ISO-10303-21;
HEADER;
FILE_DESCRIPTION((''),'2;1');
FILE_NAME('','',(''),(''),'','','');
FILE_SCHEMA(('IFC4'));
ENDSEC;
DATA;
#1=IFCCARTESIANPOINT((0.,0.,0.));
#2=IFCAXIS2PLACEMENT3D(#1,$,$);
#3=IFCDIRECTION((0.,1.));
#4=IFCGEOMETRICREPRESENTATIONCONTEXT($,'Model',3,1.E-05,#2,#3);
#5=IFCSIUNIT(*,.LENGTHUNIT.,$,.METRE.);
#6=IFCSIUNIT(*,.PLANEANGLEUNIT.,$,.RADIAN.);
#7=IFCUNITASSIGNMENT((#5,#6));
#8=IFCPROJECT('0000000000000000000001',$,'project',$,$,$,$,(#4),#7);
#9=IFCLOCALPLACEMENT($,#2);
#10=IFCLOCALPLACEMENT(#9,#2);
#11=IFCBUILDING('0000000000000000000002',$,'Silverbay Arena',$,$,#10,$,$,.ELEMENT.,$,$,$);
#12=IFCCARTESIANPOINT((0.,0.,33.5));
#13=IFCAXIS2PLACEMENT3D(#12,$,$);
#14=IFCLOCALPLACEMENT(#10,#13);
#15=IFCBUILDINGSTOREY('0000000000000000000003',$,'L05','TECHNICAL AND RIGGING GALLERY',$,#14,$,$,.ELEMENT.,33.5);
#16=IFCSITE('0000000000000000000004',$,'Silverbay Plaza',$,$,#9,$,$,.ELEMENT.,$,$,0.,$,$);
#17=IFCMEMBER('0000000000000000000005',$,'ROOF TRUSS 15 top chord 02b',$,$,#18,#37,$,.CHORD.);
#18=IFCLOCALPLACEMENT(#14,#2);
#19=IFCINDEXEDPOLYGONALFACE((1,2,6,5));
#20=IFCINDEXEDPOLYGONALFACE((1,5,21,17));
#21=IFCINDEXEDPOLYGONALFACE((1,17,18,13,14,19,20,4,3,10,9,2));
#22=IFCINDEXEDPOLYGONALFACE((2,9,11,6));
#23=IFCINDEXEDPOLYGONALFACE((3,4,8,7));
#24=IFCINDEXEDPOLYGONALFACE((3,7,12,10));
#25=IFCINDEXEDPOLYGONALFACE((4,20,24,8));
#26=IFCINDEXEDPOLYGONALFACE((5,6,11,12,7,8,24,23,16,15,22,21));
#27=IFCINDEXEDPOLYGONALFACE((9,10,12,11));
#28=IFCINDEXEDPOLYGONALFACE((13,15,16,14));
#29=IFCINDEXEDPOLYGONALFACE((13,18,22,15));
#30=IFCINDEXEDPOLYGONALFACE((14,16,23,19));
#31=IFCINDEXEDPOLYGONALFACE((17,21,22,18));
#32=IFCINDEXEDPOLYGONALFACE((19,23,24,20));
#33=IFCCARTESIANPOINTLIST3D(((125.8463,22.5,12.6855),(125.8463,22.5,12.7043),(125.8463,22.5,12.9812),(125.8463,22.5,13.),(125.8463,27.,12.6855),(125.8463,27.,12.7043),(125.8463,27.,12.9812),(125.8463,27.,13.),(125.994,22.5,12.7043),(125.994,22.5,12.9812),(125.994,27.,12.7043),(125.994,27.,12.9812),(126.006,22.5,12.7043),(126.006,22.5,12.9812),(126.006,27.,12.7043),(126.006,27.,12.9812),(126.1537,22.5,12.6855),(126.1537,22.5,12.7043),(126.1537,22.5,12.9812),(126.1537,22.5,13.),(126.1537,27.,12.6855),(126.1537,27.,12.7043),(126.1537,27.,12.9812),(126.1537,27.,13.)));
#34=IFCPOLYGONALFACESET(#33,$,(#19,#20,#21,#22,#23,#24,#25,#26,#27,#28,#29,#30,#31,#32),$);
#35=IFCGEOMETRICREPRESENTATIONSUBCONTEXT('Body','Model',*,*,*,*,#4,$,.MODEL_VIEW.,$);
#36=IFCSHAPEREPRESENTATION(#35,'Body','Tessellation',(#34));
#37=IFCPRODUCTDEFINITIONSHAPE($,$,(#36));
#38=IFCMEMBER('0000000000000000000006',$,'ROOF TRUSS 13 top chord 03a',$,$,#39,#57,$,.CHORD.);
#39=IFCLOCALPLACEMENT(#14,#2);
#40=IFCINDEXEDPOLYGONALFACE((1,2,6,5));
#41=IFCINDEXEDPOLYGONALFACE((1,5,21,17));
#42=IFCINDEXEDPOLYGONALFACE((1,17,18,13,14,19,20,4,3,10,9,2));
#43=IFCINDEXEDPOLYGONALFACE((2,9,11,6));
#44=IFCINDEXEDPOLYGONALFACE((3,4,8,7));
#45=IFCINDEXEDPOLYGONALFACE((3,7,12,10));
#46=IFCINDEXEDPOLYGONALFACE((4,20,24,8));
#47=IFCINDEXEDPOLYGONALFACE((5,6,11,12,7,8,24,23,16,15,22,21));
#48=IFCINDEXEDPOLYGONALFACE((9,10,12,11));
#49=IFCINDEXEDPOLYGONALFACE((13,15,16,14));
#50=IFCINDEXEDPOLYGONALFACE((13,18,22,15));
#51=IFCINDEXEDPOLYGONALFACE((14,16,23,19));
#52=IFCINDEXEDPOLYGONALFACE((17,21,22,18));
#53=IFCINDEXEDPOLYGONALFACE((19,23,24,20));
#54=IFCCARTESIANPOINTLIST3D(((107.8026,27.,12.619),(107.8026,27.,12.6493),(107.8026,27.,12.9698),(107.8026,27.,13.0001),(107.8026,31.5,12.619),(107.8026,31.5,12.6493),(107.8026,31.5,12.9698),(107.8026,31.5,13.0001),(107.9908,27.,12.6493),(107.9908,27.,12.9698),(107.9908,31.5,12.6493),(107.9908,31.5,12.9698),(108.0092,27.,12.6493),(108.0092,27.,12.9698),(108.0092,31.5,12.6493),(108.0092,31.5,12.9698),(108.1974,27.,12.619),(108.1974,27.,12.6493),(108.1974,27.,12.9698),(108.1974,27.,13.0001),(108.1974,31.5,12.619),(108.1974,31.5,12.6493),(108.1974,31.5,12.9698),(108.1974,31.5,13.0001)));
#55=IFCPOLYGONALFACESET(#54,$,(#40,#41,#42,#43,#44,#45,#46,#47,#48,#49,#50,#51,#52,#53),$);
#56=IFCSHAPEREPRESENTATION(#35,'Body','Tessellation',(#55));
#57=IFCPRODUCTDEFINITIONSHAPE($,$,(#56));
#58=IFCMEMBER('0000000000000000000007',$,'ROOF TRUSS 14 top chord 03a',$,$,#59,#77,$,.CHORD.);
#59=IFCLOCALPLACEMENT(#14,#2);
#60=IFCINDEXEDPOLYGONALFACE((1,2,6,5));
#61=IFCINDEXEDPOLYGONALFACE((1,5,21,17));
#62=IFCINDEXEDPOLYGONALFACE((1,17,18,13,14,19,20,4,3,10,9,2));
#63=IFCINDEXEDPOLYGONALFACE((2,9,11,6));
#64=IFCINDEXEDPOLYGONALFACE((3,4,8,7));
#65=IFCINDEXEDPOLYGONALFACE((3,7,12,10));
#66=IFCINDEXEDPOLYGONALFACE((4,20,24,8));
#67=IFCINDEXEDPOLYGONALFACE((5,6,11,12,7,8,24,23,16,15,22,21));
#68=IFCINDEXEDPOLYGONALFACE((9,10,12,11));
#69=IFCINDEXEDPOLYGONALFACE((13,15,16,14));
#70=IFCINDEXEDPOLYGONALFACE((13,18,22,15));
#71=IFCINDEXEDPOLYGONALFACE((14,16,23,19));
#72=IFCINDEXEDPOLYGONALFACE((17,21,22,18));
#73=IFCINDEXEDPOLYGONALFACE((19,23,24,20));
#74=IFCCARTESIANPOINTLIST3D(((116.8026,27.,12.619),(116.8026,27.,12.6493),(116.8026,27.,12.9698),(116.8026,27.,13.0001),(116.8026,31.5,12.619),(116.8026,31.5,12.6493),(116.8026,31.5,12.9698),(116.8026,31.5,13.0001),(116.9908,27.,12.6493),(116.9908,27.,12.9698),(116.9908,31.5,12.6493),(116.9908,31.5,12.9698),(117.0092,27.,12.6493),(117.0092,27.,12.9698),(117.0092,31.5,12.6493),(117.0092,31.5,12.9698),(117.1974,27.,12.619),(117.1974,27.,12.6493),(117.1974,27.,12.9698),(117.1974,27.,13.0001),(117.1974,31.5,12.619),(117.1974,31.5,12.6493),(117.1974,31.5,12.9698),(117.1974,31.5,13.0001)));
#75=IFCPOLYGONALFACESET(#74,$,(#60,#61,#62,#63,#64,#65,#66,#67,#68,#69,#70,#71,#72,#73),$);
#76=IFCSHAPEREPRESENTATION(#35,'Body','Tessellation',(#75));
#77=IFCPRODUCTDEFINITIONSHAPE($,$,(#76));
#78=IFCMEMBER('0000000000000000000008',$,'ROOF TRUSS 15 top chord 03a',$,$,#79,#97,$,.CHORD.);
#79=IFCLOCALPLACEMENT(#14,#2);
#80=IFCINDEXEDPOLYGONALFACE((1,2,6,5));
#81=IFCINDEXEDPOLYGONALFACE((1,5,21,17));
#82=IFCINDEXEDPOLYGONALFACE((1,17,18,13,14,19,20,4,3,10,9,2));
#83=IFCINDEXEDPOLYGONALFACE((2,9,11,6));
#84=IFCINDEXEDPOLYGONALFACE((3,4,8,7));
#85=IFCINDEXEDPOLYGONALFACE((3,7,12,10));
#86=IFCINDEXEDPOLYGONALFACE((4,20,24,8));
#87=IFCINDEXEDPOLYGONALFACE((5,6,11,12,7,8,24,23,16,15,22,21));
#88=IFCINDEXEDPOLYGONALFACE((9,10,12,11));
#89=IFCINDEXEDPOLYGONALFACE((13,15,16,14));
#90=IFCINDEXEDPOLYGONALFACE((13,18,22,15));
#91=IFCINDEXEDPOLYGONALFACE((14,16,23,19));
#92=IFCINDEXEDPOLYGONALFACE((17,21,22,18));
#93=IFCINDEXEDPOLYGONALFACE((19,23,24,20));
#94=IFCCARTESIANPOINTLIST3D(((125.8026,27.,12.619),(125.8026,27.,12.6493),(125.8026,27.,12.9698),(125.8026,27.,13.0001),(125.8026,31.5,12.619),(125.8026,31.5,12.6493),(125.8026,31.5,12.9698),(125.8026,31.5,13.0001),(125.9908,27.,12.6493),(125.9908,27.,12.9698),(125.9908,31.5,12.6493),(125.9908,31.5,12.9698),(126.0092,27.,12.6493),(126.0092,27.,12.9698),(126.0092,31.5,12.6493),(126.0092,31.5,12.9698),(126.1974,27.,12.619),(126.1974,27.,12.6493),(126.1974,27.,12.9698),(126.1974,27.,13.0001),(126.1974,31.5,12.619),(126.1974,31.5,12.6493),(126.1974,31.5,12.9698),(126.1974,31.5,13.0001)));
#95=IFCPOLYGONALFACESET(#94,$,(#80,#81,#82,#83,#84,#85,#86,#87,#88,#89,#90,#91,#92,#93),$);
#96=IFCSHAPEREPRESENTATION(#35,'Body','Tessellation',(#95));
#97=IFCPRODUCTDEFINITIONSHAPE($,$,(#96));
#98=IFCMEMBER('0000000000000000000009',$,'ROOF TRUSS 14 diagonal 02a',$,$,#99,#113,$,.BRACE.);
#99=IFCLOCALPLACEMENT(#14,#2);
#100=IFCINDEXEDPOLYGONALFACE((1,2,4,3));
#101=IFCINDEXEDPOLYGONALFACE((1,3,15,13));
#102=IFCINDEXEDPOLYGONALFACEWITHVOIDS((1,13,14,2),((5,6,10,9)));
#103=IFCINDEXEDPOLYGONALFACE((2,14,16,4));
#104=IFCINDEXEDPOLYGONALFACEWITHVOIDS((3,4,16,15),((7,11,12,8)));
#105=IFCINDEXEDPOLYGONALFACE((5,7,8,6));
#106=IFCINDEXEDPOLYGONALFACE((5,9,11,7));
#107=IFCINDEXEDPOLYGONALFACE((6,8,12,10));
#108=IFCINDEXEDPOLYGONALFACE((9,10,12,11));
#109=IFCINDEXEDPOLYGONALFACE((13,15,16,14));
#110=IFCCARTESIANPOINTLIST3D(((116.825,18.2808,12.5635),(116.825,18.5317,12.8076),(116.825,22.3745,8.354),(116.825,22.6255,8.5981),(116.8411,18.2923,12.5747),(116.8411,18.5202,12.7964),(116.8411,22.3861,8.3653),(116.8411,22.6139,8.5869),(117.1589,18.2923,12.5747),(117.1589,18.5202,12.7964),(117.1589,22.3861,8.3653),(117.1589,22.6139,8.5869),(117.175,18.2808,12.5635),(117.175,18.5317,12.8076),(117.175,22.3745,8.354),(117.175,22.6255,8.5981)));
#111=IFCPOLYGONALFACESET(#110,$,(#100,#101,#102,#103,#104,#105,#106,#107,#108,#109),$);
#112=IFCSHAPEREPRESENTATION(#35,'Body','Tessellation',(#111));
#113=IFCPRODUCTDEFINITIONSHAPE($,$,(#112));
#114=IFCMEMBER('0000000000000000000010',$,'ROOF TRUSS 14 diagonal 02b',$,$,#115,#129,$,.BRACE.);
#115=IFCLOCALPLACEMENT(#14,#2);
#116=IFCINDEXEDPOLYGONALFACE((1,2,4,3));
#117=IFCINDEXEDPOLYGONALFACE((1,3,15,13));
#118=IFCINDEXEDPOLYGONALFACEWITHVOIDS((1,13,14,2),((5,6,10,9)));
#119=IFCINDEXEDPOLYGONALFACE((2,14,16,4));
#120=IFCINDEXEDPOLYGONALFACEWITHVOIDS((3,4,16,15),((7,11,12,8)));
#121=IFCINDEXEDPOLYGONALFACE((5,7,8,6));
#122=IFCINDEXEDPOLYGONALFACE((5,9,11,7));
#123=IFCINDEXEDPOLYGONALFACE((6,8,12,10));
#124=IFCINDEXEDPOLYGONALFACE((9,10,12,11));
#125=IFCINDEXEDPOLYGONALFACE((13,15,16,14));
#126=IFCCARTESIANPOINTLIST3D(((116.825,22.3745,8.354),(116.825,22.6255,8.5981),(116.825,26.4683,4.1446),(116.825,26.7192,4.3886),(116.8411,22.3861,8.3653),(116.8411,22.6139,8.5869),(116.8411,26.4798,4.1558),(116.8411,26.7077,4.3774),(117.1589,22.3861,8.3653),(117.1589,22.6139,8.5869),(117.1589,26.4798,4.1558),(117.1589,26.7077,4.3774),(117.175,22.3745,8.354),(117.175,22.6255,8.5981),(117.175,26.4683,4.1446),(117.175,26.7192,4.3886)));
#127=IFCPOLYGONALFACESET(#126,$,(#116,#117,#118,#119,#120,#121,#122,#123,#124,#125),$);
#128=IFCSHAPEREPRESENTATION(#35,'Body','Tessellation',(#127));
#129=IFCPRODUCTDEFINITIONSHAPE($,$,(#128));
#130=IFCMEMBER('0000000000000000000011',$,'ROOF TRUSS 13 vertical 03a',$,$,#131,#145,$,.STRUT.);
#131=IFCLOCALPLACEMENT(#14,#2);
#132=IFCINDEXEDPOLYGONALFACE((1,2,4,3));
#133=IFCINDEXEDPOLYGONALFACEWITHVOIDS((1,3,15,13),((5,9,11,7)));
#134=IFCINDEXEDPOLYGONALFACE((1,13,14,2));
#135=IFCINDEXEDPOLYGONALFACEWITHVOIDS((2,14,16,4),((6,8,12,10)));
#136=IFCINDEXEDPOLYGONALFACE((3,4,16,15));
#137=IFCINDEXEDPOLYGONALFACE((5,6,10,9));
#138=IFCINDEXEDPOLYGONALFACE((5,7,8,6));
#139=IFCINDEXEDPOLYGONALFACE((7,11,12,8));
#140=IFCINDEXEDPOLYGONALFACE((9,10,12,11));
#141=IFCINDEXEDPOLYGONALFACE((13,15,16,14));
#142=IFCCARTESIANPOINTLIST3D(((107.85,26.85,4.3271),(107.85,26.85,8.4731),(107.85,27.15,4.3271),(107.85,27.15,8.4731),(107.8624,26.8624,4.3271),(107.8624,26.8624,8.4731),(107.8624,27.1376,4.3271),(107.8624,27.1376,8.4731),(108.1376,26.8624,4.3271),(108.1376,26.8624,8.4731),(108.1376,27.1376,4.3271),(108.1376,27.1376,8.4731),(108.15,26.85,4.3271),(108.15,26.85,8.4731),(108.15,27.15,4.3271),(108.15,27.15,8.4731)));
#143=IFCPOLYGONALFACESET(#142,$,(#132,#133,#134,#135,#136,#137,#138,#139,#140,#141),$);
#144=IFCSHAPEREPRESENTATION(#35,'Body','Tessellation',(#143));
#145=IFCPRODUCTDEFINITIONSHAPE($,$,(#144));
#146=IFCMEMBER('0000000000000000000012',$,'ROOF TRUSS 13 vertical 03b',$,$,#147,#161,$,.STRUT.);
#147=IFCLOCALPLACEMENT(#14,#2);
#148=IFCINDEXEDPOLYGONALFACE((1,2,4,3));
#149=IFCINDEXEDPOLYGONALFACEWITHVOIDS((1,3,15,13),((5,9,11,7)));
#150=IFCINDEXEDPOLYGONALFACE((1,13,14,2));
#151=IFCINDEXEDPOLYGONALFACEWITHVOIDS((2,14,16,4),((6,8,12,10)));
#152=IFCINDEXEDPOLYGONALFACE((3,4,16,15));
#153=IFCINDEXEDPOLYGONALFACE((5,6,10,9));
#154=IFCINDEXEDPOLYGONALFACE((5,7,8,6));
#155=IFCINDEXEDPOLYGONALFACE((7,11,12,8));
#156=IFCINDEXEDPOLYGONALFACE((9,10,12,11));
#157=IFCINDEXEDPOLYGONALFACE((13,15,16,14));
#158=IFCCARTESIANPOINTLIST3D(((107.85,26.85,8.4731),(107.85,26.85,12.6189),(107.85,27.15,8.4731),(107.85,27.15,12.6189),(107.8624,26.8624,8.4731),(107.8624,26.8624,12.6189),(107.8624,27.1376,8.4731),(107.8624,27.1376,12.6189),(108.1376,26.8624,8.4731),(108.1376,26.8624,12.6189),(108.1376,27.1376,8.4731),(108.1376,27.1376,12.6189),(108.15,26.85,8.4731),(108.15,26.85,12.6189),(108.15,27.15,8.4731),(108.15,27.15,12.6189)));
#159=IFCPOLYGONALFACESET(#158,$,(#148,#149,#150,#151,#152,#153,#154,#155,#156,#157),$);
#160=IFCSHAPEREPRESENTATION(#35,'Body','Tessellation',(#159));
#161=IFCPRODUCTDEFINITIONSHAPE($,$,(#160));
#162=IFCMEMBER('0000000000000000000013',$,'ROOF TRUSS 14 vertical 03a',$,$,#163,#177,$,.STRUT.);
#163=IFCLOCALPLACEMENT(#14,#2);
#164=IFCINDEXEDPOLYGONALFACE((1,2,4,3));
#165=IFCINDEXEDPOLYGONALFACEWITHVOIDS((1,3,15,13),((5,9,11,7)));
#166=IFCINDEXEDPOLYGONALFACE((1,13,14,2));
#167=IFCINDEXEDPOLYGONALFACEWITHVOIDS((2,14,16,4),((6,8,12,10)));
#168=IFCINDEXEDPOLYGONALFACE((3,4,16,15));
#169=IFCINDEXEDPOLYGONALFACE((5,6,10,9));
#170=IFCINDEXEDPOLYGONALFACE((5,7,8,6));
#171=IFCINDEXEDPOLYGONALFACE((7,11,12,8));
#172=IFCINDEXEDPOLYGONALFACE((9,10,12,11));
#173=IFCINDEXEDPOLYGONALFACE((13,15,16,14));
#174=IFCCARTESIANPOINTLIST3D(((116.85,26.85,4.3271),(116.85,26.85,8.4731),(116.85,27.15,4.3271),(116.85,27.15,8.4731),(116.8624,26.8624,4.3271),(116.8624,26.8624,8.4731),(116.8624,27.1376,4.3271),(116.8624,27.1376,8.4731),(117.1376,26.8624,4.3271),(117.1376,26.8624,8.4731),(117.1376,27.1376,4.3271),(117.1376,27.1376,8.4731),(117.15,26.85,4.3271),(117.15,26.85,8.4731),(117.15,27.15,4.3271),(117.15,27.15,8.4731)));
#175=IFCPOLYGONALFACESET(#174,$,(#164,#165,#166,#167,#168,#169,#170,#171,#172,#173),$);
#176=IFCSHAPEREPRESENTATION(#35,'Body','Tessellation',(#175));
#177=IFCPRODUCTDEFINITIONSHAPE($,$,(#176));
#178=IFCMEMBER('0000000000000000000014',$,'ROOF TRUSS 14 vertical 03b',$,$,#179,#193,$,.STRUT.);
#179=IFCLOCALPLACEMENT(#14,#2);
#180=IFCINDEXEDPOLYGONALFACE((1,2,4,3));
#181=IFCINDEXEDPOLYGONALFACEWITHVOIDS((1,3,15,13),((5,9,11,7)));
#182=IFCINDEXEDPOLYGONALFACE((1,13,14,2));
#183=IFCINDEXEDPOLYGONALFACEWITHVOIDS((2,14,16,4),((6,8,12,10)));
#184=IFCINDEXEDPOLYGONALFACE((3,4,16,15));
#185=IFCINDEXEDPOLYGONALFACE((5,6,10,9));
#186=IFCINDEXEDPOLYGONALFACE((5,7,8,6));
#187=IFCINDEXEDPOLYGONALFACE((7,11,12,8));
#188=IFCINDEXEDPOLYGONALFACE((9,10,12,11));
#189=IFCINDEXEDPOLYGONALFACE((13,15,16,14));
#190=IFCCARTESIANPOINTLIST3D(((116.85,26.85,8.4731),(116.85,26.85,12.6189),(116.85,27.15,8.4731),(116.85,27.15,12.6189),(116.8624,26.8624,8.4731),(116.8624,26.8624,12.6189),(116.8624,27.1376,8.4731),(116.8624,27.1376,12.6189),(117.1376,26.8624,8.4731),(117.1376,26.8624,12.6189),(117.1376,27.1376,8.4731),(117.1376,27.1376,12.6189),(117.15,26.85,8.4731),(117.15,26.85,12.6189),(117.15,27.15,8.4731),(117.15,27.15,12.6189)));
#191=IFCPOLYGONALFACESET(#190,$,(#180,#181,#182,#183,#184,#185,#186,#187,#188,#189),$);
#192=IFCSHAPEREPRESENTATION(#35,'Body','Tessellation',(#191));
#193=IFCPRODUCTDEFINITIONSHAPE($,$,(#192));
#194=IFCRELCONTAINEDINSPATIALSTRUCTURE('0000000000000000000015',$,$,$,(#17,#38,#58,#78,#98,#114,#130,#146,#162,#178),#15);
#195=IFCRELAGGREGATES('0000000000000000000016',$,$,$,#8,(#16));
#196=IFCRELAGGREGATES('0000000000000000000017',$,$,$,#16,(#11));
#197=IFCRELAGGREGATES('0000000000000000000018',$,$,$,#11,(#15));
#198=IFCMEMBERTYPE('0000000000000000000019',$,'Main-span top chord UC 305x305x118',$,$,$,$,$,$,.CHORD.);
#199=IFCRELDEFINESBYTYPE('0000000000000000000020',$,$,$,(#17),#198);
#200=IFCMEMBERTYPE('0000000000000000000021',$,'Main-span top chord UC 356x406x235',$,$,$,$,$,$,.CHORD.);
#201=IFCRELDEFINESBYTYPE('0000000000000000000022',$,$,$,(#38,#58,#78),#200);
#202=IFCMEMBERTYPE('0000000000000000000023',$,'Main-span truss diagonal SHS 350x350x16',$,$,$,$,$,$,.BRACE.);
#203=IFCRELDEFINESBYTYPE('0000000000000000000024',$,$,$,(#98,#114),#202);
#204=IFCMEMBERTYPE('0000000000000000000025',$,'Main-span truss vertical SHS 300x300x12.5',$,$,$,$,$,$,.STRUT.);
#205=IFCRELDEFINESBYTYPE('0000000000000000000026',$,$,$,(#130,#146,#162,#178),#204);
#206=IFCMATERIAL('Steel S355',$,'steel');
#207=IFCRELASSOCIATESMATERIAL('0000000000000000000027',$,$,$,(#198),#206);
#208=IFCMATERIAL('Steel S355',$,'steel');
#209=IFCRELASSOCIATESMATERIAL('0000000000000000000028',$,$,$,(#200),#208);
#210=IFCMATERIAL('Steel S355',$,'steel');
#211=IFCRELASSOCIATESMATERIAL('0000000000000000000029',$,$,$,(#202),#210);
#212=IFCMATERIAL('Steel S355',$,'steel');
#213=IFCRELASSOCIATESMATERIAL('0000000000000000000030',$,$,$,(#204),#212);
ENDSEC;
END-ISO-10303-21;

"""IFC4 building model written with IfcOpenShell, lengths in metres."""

from ifc_helpers import new_model, si_unit, direction, frame, origin, origin_2d, place, context, subcontext, project, spatial, hollow_rectangle, i_section, extrude, material, material_profile, profile_set, type_object, element, save


model = new_model("IFC4")

# Units and contexts
model_context = context("Model", 3, precision=1e-05, world=origin(), true_north=direction((0.0, 1.0)))
body_context = subcontext(model_context, "Body", "Model", "MODEL_VIEW")
ifc_project = project(units=[si_unit("LENGTHUNIT", "METRE"), si_unit("PLANEANGLEUNIT", "RADIAN")], contexts=[model_context])

# Site, building, storey
site_placement = place(None, origin())
site = spatial("IfcSite", under=ifc_project, at=site_placement, Name="Silverbay Plaza", CompositionType="ELEMENT", RefElevation=0.0)
building_placement = place(site_placement, origin())
building = spatial("IfcBuilding", under=site, at=building_placement, Name="Silverbay Arena", CompositionType="ELEMENT")
storey_placement = place(building_placement, frame((0.0, 0.0, 33.5)))
storey = spatial("IfcBuildingStorey", under=building, at=storey_placement, Name="L05", Description="TECHNICAL AND RIGGING GALLERY", CompositionType="ELEMENT", Elevation=33.5)

# Members
ifc_material_1 = material(Name="Steel S355", Category="steel")
ifc_material_profile_1 = material_profile(ifc_material_1, i_section(OverallWidth=0.3074, OverallDepth=0.3145, WebThickness=0.012, FlangeThickness=0.0188, at=origin_2d()), Name="UC 305x305x118")
ifc_profile_set_1 = profile_set([ifc_material_profile_1], Name="Steel S355")
member_type_1 = type_object("IfcMemberType", Name="Main-span top chord UC 305x305x118", PredefinedType="CHORD", material=ifc_profile_set_1)
for number, where, z_axis, x_axis, name in (
    (1, (126.0, 22.5, 12.8428), (0.0, 1.0, 0.0), (-1.0, 0.0, 0.0), "ROOF TRUSS 15 top chord 02b"),
):
    element("IfcMember", number, at=place(storey_placement, frame(where, z_axis=z_axis, x_axis=x_axis)), inside=storey, type_object=member_type_1, Name=name, PredefinedType="CHORD", context=body_context, shape_type="SweptSolid", body=[
        extrude(i_section(OverallWidth=0.3074, OverallDepth=0.3145, WebThickness=0.012, FlangeThickness=0.0188, at=origin_2d()), origin(), (0.0, 0.0, 1.0), 4.5),
    ])
ifc_material_2 = material(Name="Steel S355", Category="steel")
ifc_material_profile_2 = material_profile(ifc_material_2, i_section(OverallWidth=0.3948, OverallDepth=0.3811, WebThickness=0.0183, FlangeThickness=0.0303, at=origin_2d()), Name="UC 356x406x235")
ifc_profile_set_2 = profile_set([ifc_material_profile_2], Name="Steel S355")
member_type_2 = type_object("IfcMemberType", Name="Main-span top chord UC 356x406x235", PredefinedType="CHORD", material=ifc_profile_set_2)
for number, where, z_axis, x_axis, name in (
    (2, (108.0, 27.0, 12.8096), (0.0, 1.0, 0.0), (-1.0, 0.0, 0.0), "ROOF TRUSS 13 top chord 03a"),
    (3, (117.0, 27.0, 12.8096), (0.0, 1.0, 0.0), (-1.0, 0.0, 0.0), "ROOF TRUSS 14 top chord 03a"),
    (4, (126.0, 27.0, 12.8096), (0.0, 1.0, 0.0), (-1.0, 0.0, 0.0), "ROOF TRUSS 15 top chord 03a"),
):
    element("IfcMember", number, at=place(storey_placement, frame(where, z_axis=z_axis, x_axis=x_axis)), inside=storey, type_object=member_type_2, Name=name, PredefinedType="CHORD", context=body_context, shape_type="SweptSolid", body=[
        extrude(i_section(OverallWidth=0.3948, OverallDepth=0.3811, WebThickness=0.0183, FlangeThickness=0.0303, at=origin_2d()), origin(), (0.0, 0.0, 1.0), 4.5),
    ])
ifc_material_3 = material(Name="Steel S355", Category="steel")
ifc_material_profile_3 = material_profile(ifc_material_3, hollow_rectangle(XDim=0.3501, YDim=0.3501, WallThickness=0.0161, at=origin_2d()), Name="SHS 350x350x16")
ifc_profile_set_3 = profile_set([ifc_material_profile_3], Name="Steel S355")
member_type_3 = type_object("IfcMemberType", Name="Main-span truss diagonal SHS 350x350x16", PredefinedType="BRACE", material=ifc_profile_set_3)
for number, where, z_axis, x_axis, name in (
    (5, (117.0, 18.4062, 12.6855), (0.0, 0.697184, -0.716892), (-1.0, 0.0, 0.0), "ROOF TRUSS 14 diagonal 02a"),
    (6, (117.0, 22.5, 8.4761), (0.0, 0.697184, -0.716892), (-1.0, 0.0, 0.0), "ROOF TRUSS 14 diagonal 02b"),
):
    element("IfcMember", number, at=place(storey_placement, frame(where, z_axis=z_axis, x_axis=x_axis)), inside=storey, type_object=member_type_3, Name=name, PredefinedType="BRACE", context=body_context, shape_type="SweptSolid", body=[
        extrude(hollow_rectangle(XDim=0.3501, YDim=0.3501, WallThickness=0.0161, at=origin_2d()), origin(), (0.0, 0.0, 1.0), 5.8718),
    ])
ifc_material_4 = material(Name="Steel S355", Category="steel")
ifc_material_profile_4 = material_profile(ifc_material_4, hollow_rectangle(XDim=0.3, YDim=0.3, WallThickness=0.0125, at=origin_2d()), Name="SHS 300x300x12.5")
ifc_profile_set_4 = profile_set([ifc_material_profile_4], Name="Steel S355")
member_type_4 = type_object("IfcMemberType", Name="Main-span truss vertical SHS 300x300x12.5", PredefinedType="STRUT", material=ifc_profile_set_4)
member_1_placement = place(storey_placement, frame((108.0, 27.0, 4.3271), z_axis=(0.0, 0.0, 1.0), x_axis=(1.0, 0.0, 0.0)))
element("IfcMember", 7, at=member_1_placement, inside=storey, type_object=member_type_4, Name="ROOF TRUSS 13 vertical 03a", PredefinedType="STRUT", context=body_context, shape_type="SweptSolid", body=[
    extrude(hollow_rectangle(XDim=0.3, YDim=0.3, WallThickness=0.0125, at=origin_2d()), origin(), (0.0, 0.0, 1.0), 4.146),
])
member_2_placement = place(storey_placement, frame((108.0, 27.0, 8.4731), z_axis=(0.0, 0.0, 1.0), x_axis=(1.0, 0.0, 0.0)))
element("IfcMember", 8, at=member_2_placement, inside=storey, type_object=member_type_4, Name="ROOF TRUSS 13 vertical 03b", PredefinedType="STRUT", context=body_context, shape_type="SweptSolid", body=[
    extrude(hollow_rectangle(XDim=0.3, YDim=0.3, WallThickness=0.0125, at=origin_2d()), origin(), (0.0, 0.0, 1.0), 4.1458),
])
member_3_placement = place(storey_placement, frame((117.0, 27.0, 4.3271), z_axis=(0.0, 0.0, 1.0), x_axis=(1.0, 0.0, 0.0)))
element("IfcMember", 9, at=member_3_placement, inside=storey, type_object=member_type_4, Name="ROOF TRUSS 14 vertical 03a", PredefinedType="STRUT", context=body_context, shape_type="SweptSolid", body=[
    extrude(hollow_rectangle(XDim=0.3, YDim=0.3, WallThickness=0.0125, at=origin_2d()), origin(), (0.0, 0.0, 1.0), 4.146),
])
member_4_placement = place(storey_placement, frame((117.0, 27.0, 8.4731), z_axis=(0.0, 0.0, 1.0), x_axis=(1.0, 0.0, 0.0)))
element("IfcMember", 10, at=member_4_placement, inside=storey, type_object=member_type_4, Name="ROOF TRUSS 14 vertical 03b", PredefinedType="STRUT", context=body_context, shape_type="SweptSolid", body=[
    extrude(hollow_rectangle(XDim=0.3, YDim=0.3, WallThickness=0.0125, at=origin_2d()), origin(), (0.0, 0.0, 1.0), 4.1458),
])

save(model, "model.ifc")
